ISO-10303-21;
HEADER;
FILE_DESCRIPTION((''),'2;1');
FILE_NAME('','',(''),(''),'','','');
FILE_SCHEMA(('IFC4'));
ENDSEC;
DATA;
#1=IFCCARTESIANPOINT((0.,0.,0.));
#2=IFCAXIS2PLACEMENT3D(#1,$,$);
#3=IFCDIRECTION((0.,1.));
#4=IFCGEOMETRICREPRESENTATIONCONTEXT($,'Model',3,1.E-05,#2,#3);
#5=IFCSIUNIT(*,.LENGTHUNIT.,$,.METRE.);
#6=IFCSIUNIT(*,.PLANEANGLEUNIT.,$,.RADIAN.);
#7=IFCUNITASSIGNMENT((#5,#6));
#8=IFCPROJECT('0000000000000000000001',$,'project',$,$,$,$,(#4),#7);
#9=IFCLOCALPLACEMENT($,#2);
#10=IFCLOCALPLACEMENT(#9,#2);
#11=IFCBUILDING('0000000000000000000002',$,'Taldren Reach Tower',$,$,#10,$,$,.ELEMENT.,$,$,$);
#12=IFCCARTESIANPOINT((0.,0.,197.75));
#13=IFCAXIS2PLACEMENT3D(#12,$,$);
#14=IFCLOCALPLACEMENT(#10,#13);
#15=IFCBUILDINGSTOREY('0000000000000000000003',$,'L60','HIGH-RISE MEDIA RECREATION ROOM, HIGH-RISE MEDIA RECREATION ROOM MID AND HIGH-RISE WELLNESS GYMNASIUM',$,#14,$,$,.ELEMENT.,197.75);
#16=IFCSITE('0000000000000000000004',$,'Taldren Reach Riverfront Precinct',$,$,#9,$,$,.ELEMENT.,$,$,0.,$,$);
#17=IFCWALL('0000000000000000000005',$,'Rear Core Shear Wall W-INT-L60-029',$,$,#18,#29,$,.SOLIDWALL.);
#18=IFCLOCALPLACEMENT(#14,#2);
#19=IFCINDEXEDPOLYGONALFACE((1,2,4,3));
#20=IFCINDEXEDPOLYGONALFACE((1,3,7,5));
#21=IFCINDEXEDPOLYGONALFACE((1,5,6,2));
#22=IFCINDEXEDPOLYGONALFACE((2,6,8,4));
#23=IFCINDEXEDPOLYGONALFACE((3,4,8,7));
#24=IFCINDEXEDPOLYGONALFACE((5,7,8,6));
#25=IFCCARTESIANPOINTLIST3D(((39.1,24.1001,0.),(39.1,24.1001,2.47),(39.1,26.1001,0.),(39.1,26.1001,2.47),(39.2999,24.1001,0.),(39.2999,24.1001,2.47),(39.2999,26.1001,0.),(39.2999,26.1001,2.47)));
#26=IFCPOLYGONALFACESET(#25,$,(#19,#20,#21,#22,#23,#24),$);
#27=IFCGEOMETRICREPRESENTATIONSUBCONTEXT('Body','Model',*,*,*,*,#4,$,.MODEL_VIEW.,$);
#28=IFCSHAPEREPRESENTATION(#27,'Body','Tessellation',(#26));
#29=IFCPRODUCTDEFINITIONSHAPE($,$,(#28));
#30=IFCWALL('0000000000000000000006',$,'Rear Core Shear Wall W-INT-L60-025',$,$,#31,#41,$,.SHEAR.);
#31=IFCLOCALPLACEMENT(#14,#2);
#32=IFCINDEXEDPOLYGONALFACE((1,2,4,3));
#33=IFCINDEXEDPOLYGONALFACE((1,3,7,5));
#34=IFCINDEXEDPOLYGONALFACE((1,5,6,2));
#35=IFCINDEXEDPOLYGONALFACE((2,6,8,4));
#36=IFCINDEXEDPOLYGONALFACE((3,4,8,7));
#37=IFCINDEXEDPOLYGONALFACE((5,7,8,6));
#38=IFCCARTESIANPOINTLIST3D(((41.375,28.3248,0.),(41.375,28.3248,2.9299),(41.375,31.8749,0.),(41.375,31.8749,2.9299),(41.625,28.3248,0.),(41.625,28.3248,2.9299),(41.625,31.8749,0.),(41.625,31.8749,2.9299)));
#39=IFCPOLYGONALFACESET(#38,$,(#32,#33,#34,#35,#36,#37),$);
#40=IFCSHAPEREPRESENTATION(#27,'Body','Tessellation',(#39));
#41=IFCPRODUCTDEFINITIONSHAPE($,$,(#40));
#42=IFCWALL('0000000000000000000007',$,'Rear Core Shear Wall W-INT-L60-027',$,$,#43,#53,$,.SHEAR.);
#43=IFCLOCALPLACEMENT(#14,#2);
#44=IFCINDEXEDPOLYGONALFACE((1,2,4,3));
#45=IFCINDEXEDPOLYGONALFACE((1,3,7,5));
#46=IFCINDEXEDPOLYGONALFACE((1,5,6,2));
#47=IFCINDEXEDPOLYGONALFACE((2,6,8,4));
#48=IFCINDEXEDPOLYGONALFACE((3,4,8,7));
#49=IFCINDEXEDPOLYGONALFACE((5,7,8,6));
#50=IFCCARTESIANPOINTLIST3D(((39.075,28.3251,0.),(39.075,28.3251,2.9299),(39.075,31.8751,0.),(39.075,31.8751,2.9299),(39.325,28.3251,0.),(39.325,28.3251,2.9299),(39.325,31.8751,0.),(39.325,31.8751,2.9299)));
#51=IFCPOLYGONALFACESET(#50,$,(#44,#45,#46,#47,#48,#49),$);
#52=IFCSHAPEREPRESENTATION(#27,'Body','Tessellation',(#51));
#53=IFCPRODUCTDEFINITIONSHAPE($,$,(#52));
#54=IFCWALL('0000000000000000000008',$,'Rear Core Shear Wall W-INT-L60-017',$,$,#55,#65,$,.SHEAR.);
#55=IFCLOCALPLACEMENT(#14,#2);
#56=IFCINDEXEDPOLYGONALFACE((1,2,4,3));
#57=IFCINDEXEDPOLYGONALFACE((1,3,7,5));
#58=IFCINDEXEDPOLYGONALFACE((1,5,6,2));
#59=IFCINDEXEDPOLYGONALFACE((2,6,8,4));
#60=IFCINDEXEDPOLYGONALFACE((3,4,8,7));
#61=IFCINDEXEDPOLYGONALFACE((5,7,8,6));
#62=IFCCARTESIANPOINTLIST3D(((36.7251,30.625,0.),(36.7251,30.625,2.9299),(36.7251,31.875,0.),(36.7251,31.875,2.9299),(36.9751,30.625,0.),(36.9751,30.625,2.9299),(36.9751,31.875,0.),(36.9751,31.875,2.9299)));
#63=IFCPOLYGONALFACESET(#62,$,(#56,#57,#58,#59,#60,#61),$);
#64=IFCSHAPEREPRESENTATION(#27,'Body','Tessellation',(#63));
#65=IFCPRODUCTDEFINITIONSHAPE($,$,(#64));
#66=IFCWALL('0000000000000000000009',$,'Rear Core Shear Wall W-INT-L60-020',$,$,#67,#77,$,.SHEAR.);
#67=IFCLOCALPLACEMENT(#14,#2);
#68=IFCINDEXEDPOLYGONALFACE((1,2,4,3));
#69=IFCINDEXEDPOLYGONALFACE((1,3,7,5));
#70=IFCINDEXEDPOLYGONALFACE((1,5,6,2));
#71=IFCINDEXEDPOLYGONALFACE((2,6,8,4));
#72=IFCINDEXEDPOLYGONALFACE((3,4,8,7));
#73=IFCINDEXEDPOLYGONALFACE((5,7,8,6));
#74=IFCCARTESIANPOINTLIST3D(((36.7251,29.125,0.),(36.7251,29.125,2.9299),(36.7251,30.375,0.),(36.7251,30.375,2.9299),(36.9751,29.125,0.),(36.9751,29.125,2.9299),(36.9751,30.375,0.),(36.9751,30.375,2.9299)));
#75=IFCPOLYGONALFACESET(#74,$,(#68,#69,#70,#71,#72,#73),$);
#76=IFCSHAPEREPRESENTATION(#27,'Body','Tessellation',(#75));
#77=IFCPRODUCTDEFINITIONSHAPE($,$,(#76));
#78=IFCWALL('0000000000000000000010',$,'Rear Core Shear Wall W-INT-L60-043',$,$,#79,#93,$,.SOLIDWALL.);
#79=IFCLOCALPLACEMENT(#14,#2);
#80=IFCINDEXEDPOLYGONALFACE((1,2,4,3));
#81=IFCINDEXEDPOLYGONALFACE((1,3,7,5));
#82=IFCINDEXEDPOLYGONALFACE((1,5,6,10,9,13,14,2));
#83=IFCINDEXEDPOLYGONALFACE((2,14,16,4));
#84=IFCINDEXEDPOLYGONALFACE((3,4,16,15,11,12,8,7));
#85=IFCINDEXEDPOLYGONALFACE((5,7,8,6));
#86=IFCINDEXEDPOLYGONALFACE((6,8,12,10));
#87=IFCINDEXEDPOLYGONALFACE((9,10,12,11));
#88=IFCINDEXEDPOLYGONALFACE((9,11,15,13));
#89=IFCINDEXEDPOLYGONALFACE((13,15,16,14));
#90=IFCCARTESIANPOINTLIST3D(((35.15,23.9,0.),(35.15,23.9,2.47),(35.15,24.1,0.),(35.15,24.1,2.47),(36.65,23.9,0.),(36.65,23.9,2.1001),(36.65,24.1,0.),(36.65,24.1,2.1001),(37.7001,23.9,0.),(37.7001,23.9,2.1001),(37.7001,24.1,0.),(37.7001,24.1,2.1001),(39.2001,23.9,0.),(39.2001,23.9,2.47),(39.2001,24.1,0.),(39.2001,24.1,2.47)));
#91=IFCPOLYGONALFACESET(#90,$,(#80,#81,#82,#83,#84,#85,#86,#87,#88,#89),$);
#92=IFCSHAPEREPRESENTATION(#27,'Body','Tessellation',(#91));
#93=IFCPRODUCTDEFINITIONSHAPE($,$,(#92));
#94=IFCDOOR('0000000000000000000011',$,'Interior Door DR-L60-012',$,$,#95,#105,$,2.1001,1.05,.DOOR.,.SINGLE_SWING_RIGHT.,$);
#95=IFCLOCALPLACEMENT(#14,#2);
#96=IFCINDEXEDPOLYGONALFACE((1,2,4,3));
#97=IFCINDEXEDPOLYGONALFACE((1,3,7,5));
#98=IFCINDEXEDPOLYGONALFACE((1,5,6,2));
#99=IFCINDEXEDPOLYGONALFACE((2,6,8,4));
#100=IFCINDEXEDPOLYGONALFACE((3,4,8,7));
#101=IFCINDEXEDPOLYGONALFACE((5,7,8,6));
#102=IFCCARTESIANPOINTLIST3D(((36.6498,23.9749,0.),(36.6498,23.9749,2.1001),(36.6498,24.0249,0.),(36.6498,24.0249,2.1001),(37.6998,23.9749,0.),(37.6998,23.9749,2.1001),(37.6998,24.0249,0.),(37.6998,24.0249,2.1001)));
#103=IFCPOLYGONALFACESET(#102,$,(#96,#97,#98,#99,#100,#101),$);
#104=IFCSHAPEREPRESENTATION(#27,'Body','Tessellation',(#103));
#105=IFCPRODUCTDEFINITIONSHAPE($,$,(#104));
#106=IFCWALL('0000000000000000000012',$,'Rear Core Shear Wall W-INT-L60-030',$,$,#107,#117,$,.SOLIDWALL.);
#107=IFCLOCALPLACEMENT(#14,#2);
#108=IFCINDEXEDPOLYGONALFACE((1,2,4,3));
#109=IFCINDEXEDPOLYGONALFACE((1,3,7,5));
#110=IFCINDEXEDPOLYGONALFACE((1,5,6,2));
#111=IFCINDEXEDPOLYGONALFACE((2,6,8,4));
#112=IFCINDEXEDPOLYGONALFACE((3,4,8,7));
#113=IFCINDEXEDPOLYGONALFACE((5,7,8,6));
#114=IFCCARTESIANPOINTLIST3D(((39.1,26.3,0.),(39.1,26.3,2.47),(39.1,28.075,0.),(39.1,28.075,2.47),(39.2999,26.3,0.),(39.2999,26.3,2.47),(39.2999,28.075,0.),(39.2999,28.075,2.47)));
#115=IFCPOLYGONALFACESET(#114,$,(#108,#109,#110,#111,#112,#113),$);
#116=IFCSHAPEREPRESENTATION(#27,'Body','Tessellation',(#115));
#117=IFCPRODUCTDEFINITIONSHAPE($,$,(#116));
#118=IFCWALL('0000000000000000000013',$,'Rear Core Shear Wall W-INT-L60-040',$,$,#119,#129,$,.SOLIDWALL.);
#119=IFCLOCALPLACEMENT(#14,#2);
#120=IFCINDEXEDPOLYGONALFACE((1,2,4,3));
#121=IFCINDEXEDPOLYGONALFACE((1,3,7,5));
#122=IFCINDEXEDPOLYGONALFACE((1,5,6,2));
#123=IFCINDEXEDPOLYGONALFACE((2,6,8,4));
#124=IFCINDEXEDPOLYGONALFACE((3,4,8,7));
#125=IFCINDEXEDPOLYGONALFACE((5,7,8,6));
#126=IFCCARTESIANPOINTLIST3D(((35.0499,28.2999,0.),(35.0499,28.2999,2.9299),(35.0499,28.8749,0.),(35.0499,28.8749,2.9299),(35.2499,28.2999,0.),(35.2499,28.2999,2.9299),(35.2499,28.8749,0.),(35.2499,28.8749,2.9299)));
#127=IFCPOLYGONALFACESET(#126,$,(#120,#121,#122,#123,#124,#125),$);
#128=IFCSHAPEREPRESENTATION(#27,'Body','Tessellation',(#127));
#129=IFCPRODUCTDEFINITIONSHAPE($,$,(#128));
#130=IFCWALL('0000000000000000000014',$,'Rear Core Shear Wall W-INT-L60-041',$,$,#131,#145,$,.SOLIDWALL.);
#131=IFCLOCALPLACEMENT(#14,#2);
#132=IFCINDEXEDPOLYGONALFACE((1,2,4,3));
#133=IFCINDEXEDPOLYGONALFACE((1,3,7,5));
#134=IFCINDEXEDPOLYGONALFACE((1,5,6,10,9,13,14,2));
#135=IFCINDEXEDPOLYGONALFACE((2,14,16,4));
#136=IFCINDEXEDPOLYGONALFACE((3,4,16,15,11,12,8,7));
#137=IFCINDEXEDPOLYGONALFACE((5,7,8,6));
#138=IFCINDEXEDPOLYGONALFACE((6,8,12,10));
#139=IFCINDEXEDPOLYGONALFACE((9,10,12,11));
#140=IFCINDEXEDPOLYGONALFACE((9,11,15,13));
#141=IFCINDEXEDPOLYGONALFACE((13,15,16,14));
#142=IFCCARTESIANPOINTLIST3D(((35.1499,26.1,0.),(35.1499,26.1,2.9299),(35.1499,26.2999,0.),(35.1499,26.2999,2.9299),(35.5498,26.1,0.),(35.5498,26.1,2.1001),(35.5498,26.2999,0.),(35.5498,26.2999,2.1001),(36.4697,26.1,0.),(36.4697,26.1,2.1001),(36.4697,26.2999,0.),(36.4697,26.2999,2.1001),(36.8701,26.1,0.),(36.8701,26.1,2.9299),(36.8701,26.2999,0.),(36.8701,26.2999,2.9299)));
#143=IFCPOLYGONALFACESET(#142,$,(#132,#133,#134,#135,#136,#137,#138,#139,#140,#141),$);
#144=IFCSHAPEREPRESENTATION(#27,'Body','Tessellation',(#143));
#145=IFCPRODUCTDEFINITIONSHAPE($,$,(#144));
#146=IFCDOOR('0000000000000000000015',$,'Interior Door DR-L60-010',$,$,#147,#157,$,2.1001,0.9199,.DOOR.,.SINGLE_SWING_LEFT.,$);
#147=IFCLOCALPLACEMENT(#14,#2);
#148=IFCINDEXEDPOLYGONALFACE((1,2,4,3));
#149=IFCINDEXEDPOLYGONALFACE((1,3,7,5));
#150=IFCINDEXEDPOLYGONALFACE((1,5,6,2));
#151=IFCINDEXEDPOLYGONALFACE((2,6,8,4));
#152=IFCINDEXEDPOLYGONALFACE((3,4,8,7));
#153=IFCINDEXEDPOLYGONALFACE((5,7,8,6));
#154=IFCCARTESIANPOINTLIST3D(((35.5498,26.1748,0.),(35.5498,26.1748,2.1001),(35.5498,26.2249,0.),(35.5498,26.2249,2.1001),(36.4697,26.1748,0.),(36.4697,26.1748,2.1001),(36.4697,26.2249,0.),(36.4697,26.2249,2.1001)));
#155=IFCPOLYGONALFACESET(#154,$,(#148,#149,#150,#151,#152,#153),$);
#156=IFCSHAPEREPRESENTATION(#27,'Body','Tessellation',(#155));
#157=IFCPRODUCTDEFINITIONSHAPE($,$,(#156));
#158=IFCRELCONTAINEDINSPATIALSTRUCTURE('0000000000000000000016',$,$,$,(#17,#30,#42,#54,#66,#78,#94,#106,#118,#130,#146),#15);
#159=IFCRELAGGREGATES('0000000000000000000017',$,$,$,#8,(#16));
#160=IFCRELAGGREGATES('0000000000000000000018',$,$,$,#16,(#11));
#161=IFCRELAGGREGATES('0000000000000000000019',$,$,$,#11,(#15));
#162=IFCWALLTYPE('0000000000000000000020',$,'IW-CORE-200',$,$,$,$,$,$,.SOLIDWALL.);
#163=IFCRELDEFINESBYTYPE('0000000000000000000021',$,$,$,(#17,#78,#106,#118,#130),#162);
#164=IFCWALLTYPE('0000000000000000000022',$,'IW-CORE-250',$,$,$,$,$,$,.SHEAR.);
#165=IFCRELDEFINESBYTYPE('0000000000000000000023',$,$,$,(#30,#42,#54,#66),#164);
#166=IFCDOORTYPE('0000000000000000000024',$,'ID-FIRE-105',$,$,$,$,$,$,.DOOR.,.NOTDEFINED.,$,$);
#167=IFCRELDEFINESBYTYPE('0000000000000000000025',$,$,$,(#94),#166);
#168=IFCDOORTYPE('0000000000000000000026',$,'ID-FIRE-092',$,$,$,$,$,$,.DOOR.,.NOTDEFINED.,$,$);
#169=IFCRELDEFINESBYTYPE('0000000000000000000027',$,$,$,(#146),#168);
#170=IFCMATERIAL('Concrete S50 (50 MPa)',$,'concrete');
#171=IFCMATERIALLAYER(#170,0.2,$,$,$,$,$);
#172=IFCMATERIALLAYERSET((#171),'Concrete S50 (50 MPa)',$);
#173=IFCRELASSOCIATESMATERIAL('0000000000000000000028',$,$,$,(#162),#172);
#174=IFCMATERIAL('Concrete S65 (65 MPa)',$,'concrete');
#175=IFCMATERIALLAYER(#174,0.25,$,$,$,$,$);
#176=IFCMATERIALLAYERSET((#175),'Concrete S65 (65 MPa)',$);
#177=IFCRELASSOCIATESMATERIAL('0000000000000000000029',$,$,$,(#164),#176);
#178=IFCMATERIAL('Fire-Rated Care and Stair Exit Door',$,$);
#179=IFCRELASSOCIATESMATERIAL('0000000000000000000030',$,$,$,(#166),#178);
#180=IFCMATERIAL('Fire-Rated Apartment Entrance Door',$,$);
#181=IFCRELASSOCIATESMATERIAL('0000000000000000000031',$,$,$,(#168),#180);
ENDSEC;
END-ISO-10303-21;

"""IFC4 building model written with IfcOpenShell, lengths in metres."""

from ifc_helpers import new_model, si_unit, direction, frame, frame_2d, origin, place, context, subcontext, project, spatial, rectangle, extrude, source, transform, mapped, material, layer, layer_set, type_object, element, fill, save


model = new_model("IFC4")

# Units and contexts
model_context = context("Model", 3, precision=1e-05, world=origin(), true_north=direction((0.0, 1.0)))
body_context = subcontext(model_context, "Body", "Model", "MODEL_VIEW")
ifc_project = project(units=[si_unit("LENGTHUNIT", "METRE"), si_unit("PLANEANGLEUNIT", "RADIAN")], contexts=[model_context])

# Site, building, storey
site_placement = place(None, origin())
site = spatial("IfcSite", under=ifc_project, at=site_placement, Name="Taldren Reach Riverfront Precinct", CompositionType="ELEMENT", RefElevation=0.0)
building_placement = place(site_placement, origin())
building = spatial("IfcBuilding", under=site, at=building_placement, Name="Taldren Reach Tower", CompositionType="ELEMENT")
storey_placement = place(building_placement, frame((0.0, 0.0, 197.75)))
storey = spatial("IfcBuildingStorey", under=building, at=storey_placement, Name="L60", Description="HIGH-RISE MEDIA RECREATION ROOM, HIGH-RISE MEDIA RECREATION ROOM MID AND HIGH-RISE WELLNESS GYMNASIUM", CompositionType="ELEMENT", Elevation=197.75)

# Walls
ifc_material_1 = material(Name="Concrete S50 (50 MPa)", Category="concrete")
ifc_layer_1 = layer(ifc_material_1, 0.2)
ifc_layer_set_1 = layer_set([ifc_layer_1], Name="Concrete S50 (50 MPa)")
wall_type_1 = type_object("IfcWallType", Name="IW-CORE-200", PredefinedType="SOLIDWALL", material=ifc_layer_set_1)
shared_shape_1 = source(origin(), body_context, "Body", "SweptSolid", [
    extrude(rectangle(XDim=2.0, YDim=0.2, at=frame_2d((1.0, 0.0))), origin(), (0.0, 0.0, 1.0), 2.47),
])
wall_1_placement = place(storey_placement, frame((39.2, 24.1001, 0.0), z_axis=(0.0, 0.0, 1.0), x_axis=(0.0, 1.0, 0.0)))
element("IfcWall", 1, at=wall_1_placement, inside=storey, type_object=wall_type_1, Name="Rear Core Shear Wall W-INT-L60-029", PredefinedType="SOLIDWALL", context=body_context, shape_type="MappedRepresentation", body=[
    mapped(shared_shape_1, transform((0.0, 0.0, 0.0), scale=1.0)),
])
ifc_material_2 = material(Name="Concrete S65 (65 MPa)", Category="concrete")
ifc_layer_2 = layer(ifc_material_2, 0.25)
ifc_layer_set_2 = layer_set([ifc_layer_2], Name="Concrete S65 (65 MPa)")
wall_type_2 = type_object("IfcWallType", Name="IW-CORE-250", PredefinedType="SHEAR", material=ifc_layer_set_2)
shared_shape_2 = source(origin(), body_context, "Body", "SweptSolid", [
    extrude(rectangle(XDim=3.55, YDim=0.25, at=frame_2d((1.7749, 0.0))), origin(), (0.0, 0.0, 1.0), 2.9299),
])
for number, where, z_axis, x_axis, name in (
    (2, (41.5, 28.325, 0.0), (0.0, 0.0, 1.0), (0.0, 1.0, 0.0), "Rear Core Shear Wall W-INT-L60-025"),
    (3, (39.2, 31.875, 0.0), (0.0, 0.0, 1.0), (0.0, -1.0, 0.0), "Rear Core Shear Wall W-INT-L60-027"),
):
    element("IfcWall", number, at=place(storey_placement, frame(where, z_axis=z_axis, x_axis=x_axis)), inside=storey, type_object=wall_type_2, Name=name, PredefinedType="SHEAR", context=body_context, shape_type="MappedRepresentation", body=[
        mapped(shared_shape_2, transform((0.0, 0.0, 0.0), scale=1.0)),
    ])
shared_shape_3 = source(origin(), body_context, "Body", "SweptSolid", [
    extrude(rectangle(XDim=1.25, YDim=0.25, at=frame_2d((0.625, 0.0))), origin(), (0.0, 0.0, 1.0), 2.9299),
])
for number, where, z_axis, x_axis, name in (
    (4, (36.8501, 30.625, 0.0), (0.0, 0.0, 1.0), (0.0, 1.0, 0.0), "Rear Core Shear Wall W-INT-L60-017"),
    (5, (36.8501, 29.125, 0.0), (0.0, 0.0, 1.0), (0.0, 1.0, 0.0), "Rear Core Shear Wall W-INT-L60-020"),
):
    element("IfcWall", number, at=place(storey_placement, frame(where, z_axis=z_axis, x_axis=x_axis)), inside=storey, type_object=wall_type_2, Name=name, PredefinedType="SHEAR", context=body_context, shape_type="MappedRepresentation", body=[
        mapped(shared_shape_3, transform((0.0, 0.0, 0.0), scale=1.0)),
    ])

# Wall, opening, door
shared_shape_4 = source(origin(), body_context, "Body", "SweptSolid", [
    extrude(rectangle(XDim=4.05, YDim=0.2, at=frame_2d((2.0249, 0.0))), origin(), (0.0, 0.0, 1.0), 2.47),
])
wall_2_placement = place(storey_placement, frame((39.2, 24.0, 0.0), z_axis=(0.0, 0.0, 1.0), x_axis=(-1.0, 0.0, 0.0)))
wall_2 = element("IfcWall", 6, at=wall_2_placement, inside=storey, type_object=wall_type_1, Name="Rear Core Shear Wall W-INT-L60-043", PredefinedType="SOLIDWALL", context=body_context, shape_type="MappedRepresentation", body=[
    mapped(shared_shape_4, transform((0.0, 0.0, 0.0), scale=1.0)),
])
shared_shape_5 = source(origin(), body_context, "Body", "SweptSolid", [
    extrude(rectangle(XDim=1.05, YDim=2.1001, at=frame_2d((0.5249, 1.05))), frame((0.0, 0.1099, 0.0), z_axis=(0.0, -1.0, 0.0), x_axis=(1.0, 0.0, 0.0)), (0.0, 0.0, 1.0), 0.22),
])
opening_1_placement = place(wall_2_placement, frame((1.5, 0.0, 0.0)))
opening_1 = element("IfcOpeningElement", 7, at=opening_1_placement, cuts=wall_2, PredefinedType="OPENING", context=body_context, shape_type="MappedRepresentation", body=[
    mapped(shared_shape_5, transform((0.0, 0.0, 0.0), scale=1.0)),
])
ifc_material_3 = material(Name="Fire-Rated Care and Stair Exit Door")
door_type_1 = type_object("IfcDoorType", Name="ID-FIRE-105", OperationType="NOTDEFINED", PredefinedType="DOOR", material=ifc_material_3)
shared_shape_6 = source(origin(), body_context, "Body", "SweptSolid", [
    extrude(rectangle(XDim=1.05, YDim=2.1001, at=frame_2d((0.5249, 1.05))), frame((0.0, 0.0249, 0.0), z_axis=(0.0, -1.0, 0.0), x_axis=(1.0, 0.0, 0.0)), (0.0, 0.0, 1.0), 0.05),
])
door_1_placement = place(opening_1_placement, frame((1.05, 0.0, 0.0), z_axis=(0.0, 0.0, 1.0), x_axis=(-1.0, 0.0, 0.0)))
door_1 = element("IfcDoor", 8, at=door_1_placement, inside=storey, type_object=door_type_1, Name="Interior Door DR-L60-012", OperationType="SINGLE_SWING_RIGHT", OverallHeight=2.1001, OverallWidth=1.05, PredefinedType="DOOR", context=body_context, shape_type="MappedRepresentation", body=[
    mapped(shared_shape_6, transform((0.0, 0.0, 0.0), scale=1.0)),
])
fill(opening_1, door_1)

# Walls
shared_shape_7 = source(origin(), body_context, "Body", "SweptSolid", [
    extrude(rectangle(XDim=1.7749, YDim=0.2, at=frame_2d((0.8875, 0.0))), origin(), (0.0, 0.0, 1.0), 2.47),
])
wall_3_placement = place(storey_placement, frame((39.2, 26.3, 0.0), z_axis=(0.0, 0.0, 1.0), x_axis=(0.0, 1.0, 0.0)))
element("IfcWall", 9, at=wall_3_placement, inside=storey, type_object=wall_type_1, Name="Rear Core Shear Wall W-INT-L60-030", PredefinedType="SOLIDWALL", context=body_context, shape_type="MappedRepresentation", body=[
    mapped(shared_shape_7, transform((0.0, 0.0, 0.0), scale=1.0)),
])
shared_shape_8 = source(origin(), body_context, "Body", "SweptSolid", [
    extrude(rectangle(XDim=0.575, YDim=0.2, at=frame_2d((0.2876, 0.0))), origin(), (0.0, 0.0, 1.0), 2.9299),
])
wall_4_placement = place(storey_placement, frame((35.1499, 28.875, 0.0), z_axis=(0.0, 0.0, 1.0), x_axis=(0.0, -1.0, 0.0)))
element("IfcWall", 10, at=wall_4_placement, inside=storey, type_object=wall_type_1, Name="Rear Core Shear Wall W-INT-L60-040", PredefinedType="SOLIDWALL", context=body_context, shape_type="MappedRepresentation", body=[
    mapped(shared_shape_8, transform((0.0, 0.0, 0.0), scale=1.0)),
])

# Wall, opening, door
shared_shape_9 = source(origin(), body_context, "Body", "SweptSolid", [
    extrude(rectangle(XDim=1.7202, YDim=0.2, at=frame_2d((0.8601, 0.0))), origin(), (0.0, 0.0, 1.0), 2.9299),
])
wall_5_placement = place(storey_placement, frame((35.1499, 26.2, 0.0), z_axis=(0.0, 0.0, 1.0), x_axis=(1.0, 0.0, 0.0)))
wall_5 = element("IfcWall", 11, at=wall_5_placement, inside=storey, type_object=wall_type_1, Name="Rear Core Shear Wall W-INT-L60-041", PredefinedType="SOLIDWALL", context=body_context, shape_type="MappedRepresentation", body=[
    mapped(shared_shape_9, transform((0.0, 0.0, 0.0), scale=1.0)),
])
shared_shape_10 = source(origin(), body_context, "Body", "SweptSolid", [
    extrude(rectangle(XDim=0.9199, YDim=2.1001, at=frame_2d((0.46, 1.05))), frame((0.0, 0.1099, 0.0), z_axis=(0.0, -1.0, 0.0), x_axis=(1.0, 0.0, 0.0)), (0.0, 0.0, 1.0), 0.22),
])
opening_2_placement = place(wall_5_placement, frame((0.3999, 0.0, 0.0)))
opening_2 = element("IfcOpeningElement", 12, at=opening_2_placement, cuts=wall_5, PredefinedType="OPENING", context=body_context, shape_type="MappedRepresentation", body=[
    mapped(shared_shape_10, transform((0.0, 0.0, 0.0), scale=1.0)),
])
ifc_material_4 = material(Name="Fire-Rated Apartment Entrance Door")
door_type_2 = type_object("IfcDoorType", Name="ID-FIRE-092", OperationType="NOTDEFINED", PredefinedType="DOOR", material=ifc_material_4)
shared_shape_11 = source(origin(), body_context, "Body", "SweptSolid", [
    extrude(rectangle(XDim=0.9199, YDim=2.1001, at=frame_2d((0.46, 1.05))), frame((0.0, 0.0249, 0.0), z_axis=(0.0, -1.0, 0.0), x_axis=(1.0, 0.0, 0.0)), (0.0, 0.0, 1.0), 0.05),
])
door_2_placement = place(opening_2_placement, origin())
door_2 = element("IfcDoor", 13, at=door_2_placement, inside=storey, type_object=door_type_2, Name="Interior Door DR-L60-010", OperationType="SINGLE_SWING_LEFT", OverallHeight=2.1001, OverallWidth=0.9199, PredefinedType="DOOR", context=body_context, shape_type="MappedRepresentation", body=[
    mapped(shared_shape_11, transform((0.0, 0.0, 0.0), scale=1.0)),
])
fill(opening_2, door_2)

save(model, "model.ifc")
